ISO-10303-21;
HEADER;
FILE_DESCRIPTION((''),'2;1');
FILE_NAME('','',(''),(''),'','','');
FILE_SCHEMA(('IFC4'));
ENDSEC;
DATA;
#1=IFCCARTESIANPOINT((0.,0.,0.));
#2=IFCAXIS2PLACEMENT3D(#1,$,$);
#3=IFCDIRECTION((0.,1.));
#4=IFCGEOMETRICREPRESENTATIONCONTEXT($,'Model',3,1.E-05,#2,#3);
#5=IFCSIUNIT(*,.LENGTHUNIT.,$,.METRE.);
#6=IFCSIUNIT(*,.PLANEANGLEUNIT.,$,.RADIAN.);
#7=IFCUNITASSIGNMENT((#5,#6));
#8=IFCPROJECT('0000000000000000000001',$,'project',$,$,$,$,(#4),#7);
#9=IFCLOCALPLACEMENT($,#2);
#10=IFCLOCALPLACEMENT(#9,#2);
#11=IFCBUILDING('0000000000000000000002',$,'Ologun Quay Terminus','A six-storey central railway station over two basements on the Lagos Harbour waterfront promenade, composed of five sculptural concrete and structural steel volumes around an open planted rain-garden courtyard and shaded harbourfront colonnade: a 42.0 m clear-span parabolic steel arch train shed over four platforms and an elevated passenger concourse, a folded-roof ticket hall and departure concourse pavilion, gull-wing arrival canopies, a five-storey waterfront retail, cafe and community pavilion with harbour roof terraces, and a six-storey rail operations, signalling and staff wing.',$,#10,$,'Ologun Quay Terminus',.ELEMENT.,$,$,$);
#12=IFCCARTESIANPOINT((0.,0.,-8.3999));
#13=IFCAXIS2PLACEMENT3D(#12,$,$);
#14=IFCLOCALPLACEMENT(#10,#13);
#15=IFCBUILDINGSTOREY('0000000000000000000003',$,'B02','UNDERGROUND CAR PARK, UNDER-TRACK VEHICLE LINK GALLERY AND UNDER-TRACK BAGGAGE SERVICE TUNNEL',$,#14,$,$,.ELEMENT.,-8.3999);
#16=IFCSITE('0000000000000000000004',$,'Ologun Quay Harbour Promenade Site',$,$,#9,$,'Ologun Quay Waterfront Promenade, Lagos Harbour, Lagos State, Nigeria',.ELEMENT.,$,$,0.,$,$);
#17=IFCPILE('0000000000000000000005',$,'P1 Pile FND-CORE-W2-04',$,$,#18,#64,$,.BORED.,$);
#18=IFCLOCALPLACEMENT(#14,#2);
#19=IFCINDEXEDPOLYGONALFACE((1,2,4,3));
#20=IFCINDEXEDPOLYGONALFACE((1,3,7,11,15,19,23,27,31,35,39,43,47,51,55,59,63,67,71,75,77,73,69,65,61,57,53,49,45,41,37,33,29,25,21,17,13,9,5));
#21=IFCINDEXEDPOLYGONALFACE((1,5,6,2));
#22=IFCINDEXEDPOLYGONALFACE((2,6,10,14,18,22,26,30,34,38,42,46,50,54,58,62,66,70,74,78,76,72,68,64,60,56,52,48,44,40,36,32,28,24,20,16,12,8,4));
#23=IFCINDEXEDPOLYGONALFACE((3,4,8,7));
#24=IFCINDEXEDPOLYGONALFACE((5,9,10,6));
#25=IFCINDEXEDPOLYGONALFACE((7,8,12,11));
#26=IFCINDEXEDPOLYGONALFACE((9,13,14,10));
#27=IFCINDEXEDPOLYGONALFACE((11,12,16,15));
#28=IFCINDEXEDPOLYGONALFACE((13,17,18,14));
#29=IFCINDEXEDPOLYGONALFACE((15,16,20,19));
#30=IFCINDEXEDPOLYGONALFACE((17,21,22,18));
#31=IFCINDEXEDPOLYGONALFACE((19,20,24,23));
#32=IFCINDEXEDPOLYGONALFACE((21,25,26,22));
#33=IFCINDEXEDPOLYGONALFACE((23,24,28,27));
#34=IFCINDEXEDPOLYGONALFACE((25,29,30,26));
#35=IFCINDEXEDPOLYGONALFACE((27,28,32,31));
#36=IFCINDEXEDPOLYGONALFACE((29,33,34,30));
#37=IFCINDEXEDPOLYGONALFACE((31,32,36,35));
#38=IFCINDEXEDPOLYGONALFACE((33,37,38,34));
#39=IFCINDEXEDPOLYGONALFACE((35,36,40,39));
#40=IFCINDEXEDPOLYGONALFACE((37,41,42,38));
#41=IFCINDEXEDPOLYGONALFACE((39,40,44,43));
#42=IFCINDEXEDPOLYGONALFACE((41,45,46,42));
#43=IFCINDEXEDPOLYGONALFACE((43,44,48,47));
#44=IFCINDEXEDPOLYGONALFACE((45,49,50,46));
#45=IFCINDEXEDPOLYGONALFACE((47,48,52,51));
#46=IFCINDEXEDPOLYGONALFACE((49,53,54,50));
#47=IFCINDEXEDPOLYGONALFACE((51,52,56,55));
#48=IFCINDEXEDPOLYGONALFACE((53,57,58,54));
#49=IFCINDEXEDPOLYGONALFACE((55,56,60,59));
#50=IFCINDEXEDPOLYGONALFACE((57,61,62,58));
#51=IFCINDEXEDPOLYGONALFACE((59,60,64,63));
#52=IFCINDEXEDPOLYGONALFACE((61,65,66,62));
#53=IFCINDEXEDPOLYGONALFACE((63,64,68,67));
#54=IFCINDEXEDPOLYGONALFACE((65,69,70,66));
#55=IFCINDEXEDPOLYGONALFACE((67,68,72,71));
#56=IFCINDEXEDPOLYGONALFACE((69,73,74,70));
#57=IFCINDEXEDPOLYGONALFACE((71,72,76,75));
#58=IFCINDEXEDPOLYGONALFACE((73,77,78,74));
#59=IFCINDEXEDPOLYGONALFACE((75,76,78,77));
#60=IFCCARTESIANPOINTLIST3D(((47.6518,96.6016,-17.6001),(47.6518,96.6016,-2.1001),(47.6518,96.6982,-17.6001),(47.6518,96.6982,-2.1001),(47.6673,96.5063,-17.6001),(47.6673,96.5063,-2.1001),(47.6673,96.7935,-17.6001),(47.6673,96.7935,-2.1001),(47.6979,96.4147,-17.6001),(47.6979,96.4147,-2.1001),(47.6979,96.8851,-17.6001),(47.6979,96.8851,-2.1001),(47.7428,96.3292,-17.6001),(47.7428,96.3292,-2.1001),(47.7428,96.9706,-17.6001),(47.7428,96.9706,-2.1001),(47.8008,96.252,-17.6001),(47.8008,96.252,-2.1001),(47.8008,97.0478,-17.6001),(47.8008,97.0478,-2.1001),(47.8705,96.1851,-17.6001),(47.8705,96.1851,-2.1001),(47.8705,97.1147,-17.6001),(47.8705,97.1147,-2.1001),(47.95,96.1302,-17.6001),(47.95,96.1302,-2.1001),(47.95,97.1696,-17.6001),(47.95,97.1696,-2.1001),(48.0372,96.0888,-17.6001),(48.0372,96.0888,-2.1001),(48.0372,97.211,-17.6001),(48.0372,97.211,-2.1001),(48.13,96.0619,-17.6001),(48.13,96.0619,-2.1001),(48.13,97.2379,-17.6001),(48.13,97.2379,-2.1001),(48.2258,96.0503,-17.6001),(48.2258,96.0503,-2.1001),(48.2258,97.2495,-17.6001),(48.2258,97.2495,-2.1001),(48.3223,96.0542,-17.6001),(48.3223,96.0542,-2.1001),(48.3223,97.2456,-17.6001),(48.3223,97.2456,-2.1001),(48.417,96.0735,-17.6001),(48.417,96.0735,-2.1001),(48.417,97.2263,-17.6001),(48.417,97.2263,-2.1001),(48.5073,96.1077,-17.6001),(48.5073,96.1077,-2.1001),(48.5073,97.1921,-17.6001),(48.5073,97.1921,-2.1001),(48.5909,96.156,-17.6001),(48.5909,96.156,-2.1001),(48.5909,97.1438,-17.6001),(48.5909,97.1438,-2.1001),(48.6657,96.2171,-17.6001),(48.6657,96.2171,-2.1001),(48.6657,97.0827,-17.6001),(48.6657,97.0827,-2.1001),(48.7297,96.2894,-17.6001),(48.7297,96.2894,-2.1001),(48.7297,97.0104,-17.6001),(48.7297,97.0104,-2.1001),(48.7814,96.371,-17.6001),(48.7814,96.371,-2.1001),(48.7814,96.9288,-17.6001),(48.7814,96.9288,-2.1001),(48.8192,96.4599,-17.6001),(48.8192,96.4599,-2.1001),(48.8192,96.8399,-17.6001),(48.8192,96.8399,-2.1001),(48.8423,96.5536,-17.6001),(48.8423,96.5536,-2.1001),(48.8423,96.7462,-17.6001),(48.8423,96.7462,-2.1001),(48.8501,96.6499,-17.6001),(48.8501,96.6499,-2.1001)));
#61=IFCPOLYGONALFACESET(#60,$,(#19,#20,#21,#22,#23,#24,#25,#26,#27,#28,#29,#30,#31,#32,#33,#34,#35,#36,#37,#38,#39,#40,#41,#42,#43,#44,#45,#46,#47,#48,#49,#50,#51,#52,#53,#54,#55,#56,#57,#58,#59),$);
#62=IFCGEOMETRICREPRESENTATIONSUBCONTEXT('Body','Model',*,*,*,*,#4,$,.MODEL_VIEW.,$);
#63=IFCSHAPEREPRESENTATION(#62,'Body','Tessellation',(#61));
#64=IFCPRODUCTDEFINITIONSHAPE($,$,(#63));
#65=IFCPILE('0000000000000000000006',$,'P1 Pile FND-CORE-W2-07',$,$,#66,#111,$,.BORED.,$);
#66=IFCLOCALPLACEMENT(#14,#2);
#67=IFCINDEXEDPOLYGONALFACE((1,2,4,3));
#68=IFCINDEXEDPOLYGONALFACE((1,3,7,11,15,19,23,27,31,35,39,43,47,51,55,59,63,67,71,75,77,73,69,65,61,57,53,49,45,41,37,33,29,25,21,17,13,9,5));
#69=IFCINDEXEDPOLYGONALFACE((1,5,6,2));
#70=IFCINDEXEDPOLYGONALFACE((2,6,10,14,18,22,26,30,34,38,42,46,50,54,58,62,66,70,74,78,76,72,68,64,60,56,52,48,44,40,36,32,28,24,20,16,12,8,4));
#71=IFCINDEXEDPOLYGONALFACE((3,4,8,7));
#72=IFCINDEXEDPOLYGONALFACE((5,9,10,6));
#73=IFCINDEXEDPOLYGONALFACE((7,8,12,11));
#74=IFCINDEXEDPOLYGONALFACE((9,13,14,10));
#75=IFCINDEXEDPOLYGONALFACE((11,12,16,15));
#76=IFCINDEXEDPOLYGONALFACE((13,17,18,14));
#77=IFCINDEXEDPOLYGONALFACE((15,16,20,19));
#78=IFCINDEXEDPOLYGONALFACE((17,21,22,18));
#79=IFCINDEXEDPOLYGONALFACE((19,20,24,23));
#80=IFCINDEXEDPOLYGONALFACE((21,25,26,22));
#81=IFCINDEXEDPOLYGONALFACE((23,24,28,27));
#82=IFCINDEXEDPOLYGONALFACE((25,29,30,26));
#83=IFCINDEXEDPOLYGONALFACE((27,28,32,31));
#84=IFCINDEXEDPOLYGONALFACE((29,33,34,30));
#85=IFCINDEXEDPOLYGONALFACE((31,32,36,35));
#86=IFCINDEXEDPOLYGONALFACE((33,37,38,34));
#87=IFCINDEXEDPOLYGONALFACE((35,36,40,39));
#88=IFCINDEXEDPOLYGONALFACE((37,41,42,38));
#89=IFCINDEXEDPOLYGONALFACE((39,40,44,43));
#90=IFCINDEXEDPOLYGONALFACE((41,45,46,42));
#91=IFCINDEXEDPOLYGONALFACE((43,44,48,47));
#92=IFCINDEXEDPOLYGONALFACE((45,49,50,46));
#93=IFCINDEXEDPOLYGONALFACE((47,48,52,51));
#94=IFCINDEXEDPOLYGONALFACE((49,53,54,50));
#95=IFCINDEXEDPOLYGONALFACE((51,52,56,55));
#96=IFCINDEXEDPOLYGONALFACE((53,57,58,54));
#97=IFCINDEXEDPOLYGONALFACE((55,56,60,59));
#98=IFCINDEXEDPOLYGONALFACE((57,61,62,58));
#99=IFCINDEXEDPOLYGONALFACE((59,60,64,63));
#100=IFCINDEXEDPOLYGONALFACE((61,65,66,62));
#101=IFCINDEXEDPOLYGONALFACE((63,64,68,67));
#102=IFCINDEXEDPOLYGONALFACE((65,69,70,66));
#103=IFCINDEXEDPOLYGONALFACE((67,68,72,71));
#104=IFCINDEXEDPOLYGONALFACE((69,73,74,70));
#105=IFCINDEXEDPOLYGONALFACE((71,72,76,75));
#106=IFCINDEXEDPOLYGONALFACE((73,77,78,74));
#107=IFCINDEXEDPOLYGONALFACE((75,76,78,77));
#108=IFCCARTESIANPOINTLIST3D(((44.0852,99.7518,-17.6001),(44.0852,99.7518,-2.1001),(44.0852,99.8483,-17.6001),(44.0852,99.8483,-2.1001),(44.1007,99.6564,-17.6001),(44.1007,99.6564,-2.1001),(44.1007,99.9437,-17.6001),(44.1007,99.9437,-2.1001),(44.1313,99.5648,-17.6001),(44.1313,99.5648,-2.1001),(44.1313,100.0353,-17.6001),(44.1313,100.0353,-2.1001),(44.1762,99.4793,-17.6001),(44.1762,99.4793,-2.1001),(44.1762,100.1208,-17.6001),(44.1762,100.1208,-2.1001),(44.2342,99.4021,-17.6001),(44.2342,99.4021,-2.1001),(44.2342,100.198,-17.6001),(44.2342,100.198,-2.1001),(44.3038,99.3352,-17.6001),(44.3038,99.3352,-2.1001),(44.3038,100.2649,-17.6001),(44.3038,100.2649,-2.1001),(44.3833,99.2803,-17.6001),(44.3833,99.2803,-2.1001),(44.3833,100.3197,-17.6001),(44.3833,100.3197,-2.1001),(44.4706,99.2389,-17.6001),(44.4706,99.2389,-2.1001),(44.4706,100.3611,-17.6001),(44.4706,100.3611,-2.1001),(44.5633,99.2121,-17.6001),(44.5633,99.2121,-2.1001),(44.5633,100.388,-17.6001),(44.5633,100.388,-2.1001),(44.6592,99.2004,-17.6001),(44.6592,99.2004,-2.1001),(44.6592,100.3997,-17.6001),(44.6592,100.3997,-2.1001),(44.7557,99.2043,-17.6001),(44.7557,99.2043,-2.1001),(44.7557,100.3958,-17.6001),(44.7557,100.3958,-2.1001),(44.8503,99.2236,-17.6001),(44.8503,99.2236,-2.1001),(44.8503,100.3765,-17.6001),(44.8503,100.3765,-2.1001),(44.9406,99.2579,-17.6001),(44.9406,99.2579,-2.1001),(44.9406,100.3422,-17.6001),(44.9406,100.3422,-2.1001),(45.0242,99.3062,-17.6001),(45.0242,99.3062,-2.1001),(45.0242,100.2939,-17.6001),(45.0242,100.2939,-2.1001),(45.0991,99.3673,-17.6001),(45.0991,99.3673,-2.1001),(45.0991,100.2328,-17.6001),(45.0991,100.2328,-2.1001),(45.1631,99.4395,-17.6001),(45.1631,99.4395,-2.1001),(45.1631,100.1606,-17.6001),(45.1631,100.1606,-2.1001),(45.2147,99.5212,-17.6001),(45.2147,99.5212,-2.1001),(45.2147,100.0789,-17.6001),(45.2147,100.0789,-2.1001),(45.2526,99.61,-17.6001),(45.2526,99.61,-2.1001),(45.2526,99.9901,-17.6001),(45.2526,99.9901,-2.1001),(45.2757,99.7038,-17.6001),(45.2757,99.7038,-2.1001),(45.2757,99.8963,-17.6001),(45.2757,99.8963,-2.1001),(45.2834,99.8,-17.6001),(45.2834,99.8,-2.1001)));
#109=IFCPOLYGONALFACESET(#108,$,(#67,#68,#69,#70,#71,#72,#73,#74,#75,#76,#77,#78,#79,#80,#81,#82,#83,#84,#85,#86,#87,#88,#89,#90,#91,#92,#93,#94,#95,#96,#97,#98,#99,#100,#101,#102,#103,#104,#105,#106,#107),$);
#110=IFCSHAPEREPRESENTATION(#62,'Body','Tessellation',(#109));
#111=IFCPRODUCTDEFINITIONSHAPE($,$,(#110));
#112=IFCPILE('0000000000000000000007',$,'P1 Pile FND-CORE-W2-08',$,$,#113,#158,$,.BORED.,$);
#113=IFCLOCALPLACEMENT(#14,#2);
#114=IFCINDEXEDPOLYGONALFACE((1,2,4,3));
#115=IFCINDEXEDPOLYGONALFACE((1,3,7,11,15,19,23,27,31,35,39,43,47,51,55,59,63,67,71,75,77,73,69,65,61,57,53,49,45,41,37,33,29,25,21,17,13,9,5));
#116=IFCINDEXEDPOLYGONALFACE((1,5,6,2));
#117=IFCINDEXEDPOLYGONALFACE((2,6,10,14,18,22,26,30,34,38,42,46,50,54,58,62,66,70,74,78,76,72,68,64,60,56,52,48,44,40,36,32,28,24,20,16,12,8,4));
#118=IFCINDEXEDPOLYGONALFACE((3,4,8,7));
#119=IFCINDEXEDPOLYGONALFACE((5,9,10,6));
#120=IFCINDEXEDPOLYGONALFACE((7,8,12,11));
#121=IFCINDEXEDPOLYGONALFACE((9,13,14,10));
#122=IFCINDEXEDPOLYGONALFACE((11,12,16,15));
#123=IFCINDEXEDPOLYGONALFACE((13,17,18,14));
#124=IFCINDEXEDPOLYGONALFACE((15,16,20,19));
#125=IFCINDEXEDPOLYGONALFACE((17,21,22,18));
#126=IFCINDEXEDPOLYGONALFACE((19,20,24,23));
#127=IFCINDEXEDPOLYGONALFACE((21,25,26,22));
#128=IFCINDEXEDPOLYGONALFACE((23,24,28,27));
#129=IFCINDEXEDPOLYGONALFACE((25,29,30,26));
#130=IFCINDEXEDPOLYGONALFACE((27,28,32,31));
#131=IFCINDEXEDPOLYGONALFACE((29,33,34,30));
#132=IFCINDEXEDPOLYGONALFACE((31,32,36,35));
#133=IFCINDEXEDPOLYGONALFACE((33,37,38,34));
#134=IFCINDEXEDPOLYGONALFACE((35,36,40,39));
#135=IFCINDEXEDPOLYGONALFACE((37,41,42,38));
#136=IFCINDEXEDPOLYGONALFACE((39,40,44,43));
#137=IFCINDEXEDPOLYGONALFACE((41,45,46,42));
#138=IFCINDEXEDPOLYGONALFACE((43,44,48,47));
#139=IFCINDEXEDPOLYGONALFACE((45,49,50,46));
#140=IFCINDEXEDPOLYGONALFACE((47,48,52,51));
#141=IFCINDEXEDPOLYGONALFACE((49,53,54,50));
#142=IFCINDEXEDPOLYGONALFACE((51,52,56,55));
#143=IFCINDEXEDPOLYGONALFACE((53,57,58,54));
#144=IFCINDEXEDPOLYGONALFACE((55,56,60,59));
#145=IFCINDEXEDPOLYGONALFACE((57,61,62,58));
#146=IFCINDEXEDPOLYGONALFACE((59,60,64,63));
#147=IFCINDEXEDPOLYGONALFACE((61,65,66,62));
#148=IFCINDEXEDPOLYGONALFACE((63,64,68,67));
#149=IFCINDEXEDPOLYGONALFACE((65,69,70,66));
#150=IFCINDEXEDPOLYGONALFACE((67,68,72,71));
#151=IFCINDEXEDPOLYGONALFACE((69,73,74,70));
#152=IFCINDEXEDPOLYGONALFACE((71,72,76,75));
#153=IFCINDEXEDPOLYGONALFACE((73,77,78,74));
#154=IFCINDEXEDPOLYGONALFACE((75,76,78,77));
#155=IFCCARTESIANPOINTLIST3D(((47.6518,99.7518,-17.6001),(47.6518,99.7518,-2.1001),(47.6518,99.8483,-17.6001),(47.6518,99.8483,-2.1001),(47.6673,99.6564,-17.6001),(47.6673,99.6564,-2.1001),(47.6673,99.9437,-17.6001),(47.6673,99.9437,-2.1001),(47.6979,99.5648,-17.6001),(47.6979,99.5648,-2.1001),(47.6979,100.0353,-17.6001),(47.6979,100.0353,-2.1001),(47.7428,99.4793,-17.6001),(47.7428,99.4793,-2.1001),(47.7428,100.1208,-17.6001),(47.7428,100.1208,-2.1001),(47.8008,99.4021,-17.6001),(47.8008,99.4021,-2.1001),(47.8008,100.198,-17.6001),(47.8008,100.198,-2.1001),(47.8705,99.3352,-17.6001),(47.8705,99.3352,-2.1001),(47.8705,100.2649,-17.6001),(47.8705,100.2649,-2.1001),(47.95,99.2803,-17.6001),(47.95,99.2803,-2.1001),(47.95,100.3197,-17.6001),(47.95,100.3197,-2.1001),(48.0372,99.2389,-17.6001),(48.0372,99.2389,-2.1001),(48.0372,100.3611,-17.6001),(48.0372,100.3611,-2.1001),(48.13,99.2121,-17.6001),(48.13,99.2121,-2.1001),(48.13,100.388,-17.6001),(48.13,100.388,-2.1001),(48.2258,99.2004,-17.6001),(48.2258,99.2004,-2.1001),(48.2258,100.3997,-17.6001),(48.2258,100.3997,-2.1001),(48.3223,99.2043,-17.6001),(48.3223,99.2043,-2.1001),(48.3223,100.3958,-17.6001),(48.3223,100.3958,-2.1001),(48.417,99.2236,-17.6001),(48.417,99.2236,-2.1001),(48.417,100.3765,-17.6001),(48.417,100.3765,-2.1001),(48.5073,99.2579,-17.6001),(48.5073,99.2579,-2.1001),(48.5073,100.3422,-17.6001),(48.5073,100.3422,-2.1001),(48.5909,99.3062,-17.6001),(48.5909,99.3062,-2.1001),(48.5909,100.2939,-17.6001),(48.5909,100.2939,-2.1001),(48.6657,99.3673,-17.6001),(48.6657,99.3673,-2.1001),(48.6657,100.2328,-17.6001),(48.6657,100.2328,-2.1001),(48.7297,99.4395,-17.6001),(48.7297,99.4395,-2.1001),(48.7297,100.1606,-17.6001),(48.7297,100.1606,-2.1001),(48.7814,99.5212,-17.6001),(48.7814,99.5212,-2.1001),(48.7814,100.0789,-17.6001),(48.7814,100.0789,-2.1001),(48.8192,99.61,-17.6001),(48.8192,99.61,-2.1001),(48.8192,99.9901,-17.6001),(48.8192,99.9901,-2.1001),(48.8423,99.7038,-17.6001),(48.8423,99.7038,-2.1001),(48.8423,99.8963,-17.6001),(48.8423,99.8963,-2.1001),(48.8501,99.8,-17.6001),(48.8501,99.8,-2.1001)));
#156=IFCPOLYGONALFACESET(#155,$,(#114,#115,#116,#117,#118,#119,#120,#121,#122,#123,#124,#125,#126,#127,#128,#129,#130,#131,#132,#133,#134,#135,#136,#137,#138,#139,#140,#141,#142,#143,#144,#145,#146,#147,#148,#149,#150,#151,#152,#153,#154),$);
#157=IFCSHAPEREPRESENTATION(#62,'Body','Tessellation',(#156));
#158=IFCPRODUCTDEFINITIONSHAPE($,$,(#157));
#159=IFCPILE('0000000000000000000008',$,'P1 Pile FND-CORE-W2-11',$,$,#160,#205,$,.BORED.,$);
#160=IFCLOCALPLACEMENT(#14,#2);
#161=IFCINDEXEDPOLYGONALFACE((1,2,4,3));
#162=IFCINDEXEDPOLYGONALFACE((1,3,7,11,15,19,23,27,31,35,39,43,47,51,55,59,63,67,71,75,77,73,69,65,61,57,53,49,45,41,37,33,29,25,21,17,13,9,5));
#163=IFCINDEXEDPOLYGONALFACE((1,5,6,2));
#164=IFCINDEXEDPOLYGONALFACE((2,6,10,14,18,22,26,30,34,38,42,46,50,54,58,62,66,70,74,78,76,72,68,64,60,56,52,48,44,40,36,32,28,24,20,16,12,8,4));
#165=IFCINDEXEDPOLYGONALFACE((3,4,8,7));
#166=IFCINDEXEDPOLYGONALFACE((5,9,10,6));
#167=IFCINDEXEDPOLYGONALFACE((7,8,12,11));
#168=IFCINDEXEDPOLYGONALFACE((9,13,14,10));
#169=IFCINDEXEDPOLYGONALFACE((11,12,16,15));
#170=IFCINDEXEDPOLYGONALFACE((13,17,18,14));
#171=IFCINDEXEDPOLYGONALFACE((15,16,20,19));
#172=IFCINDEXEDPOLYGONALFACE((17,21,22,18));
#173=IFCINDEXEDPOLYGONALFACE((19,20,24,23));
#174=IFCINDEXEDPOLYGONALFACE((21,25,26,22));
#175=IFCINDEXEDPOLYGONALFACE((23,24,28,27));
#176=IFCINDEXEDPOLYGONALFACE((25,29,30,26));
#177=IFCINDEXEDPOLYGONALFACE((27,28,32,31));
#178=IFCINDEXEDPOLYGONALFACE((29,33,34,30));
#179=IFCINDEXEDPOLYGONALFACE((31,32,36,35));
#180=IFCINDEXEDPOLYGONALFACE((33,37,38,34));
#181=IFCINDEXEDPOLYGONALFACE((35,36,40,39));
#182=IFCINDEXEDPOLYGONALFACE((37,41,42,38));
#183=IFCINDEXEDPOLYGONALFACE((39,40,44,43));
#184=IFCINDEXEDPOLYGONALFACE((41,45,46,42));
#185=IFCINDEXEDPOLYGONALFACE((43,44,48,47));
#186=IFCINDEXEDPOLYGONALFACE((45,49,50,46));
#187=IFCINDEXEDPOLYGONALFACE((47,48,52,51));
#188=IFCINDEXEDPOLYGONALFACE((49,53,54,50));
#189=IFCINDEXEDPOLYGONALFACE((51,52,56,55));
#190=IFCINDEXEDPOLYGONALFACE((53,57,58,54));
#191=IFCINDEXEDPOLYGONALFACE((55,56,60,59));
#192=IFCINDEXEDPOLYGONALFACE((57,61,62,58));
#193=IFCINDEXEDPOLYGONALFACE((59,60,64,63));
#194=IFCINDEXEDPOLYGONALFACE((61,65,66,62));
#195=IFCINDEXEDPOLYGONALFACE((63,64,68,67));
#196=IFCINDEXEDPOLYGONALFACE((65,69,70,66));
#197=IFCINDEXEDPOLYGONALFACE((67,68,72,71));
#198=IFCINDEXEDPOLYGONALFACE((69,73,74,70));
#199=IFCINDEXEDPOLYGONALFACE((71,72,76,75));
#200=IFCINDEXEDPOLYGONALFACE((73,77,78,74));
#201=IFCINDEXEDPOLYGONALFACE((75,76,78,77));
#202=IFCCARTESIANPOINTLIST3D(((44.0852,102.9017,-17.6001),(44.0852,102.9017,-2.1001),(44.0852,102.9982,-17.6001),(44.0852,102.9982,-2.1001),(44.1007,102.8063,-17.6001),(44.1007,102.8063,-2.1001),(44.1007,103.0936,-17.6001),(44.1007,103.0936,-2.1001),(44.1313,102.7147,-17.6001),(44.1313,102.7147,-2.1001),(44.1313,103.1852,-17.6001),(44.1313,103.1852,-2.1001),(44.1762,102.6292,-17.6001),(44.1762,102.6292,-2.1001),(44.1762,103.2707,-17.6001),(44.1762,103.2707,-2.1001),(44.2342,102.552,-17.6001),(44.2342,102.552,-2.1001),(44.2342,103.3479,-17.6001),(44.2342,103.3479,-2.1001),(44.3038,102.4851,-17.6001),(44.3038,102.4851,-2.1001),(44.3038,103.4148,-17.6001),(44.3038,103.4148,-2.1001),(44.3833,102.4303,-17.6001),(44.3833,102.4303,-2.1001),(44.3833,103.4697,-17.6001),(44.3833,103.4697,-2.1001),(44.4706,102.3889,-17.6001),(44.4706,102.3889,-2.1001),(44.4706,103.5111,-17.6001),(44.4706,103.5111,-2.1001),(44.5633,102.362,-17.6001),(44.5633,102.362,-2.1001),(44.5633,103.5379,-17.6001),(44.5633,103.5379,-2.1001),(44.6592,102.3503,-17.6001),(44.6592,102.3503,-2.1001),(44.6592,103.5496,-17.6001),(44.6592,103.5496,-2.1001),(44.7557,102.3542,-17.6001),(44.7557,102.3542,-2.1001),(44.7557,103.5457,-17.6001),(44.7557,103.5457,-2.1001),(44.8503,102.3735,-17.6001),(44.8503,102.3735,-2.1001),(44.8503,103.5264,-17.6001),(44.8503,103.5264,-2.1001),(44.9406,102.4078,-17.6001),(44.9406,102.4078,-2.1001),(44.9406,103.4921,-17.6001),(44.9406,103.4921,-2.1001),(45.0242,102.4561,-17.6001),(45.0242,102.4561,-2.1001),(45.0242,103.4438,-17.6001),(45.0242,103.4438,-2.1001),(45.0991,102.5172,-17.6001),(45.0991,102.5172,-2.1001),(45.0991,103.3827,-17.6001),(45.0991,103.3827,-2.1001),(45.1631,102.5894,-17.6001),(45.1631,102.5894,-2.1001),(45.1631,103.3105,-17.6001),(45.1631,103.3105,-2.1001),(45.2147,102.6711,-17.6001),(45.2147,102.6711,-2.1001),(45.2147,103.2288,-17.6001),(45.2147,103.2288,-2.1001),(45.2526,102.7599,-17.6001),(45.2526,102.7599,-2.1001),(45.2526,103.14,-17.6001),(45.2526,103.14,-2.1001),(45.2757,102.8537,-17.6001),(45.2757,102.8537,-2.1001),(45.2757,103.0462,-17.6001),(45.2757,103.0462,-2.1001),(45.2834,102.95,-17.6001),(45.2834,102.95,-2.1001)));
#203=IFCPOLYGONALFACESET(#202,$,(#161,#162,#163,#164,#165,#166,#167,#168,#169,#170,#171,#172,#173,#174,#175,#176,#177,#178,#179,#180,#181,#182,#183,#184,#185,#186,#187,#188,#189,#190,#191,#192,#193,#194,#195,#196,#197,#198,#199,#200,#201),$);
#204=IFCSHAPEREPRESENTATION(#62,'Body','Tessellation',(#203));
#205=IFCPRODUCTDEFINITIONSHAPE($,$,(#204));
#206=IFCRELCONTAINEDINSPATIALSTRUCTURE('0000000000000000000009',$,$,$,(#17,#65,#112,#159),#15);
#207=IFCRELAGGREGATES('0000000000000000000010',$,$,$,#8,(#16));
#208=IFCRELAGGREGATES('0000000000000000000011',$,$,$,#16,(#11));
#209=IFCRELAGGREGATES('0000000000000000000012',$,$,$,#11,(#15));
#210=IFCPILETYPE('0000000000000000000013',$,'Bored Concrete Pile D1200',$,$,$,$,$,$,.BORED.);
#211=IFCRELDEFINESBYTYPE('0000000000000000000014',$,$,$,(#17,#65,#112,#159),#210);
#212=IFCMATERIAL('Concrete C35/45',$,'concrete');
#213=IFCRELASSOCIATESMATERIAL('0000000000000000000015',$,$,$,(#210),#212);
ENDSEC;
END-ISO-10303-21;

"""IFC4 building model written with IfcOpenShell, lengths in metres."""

from ifc_helpers import new_model, si_unit, direction, frame, origin, origin_2d, place, context, subcontext, project, spatial, circle, extrude, material, material_profile, profile_set, type_object, element, save


model = new_model("IFC4")

# Units and contexts
model_context = context("Model", 3, precision=1e-05, world=origin(), true_north=direction((0.0, 1.0)))
body_context = subcontext(model_context, "Body", "Model", "MODEL_VIEW")
ifc_project = project(units=[si_unit("LENGTHUNIT", "METRE"), si_unit("PLANEANGLEUNIT", "RADIAN")], contexts=[model_context])

# Site, building, storey
site_placement = place(None, origin())
site = spatial("IfcSite", under=ifc_project, at=site_placement, Name="Ologun Quay Harbour Promenade Site", LongName="Ologun Quay Waterfront Promenade, Lagos Harbour, Lagos State, Nigeria", CompositionType="ELEMENT", RefElevation=0.0)
building_placement = place(site_placement, origin())
building = spatial("IfcBuilding", under=site, at=building_placement, Name="Ologun Quay Terminus", Description="A six-storey central railway station over two basements on the Lagos Harbour waterfront promenade, composed of five sculptural concrete and structural steel volumes around an open planted rain-garden courtyard and shaded harbourfront colonnade: a 42.0 m clear-span parabolic steel arch train shed over four platforms and an elevated passenger concourse, a folded-roof ticket hall and departure concourse pavilion, gull-wing arrival canopies, a five-storey waterfront retail, cafe and community pavilion with harbour roof terraces, and a six-storey rail operations, signalling and staff wing.", LongName="Ologun Quay Terminus", CompositionType="ELEMENT")
storey_placement = place(building_placement, frame((0.0, 0.0, -8.3999)))
storey = spatial("IfcBuildingStorey", under=building, at=storey_placement, Name="B02", Description="UNDERGROUND CAR PARK, UNDER-TRACK VEHICLE LINK GALLERY AND UNDER-TRACK BAGGAGE SERVICE TUNNEL", CompositionType="ELEMENT", Elevation=-8.3999)

# Piles
ifc_material_1 = material(Name="Concrete C35/45", Category="concrete")
ifc_material_profile_1 = material_profile(ifc_material_1, circle(Radius=0.6001, at=origin_2d()), Name="PILE D1200")
ifc_profile_set_1 = profile_set([ifc_material_profile_1], Name="Concrete C35/45")
pile_type = type_object("IfcPileType", Name="Bored Concrete Pile D1200", PredefinedType="BORED", material=ifc_profile_set_1)
for number, where, z_axis, x_axis, name in (
    (1, (48.25, 96.6499, -2.1001), (0.0, 0.0, -1.0), (1.0, 0.0, 0.0), "P1 Pile FND-CORE-W2-04"),
    (2, (44.6833, 99.8, -2.1001), (0.0, 0.0, -1.0), (1.0, 0.0, 0.0), "P1 Pile FND-CORE-W2-07"),
    (3, (48.25, 99.8, -2.1001), (0.0, 0.0, -1.0), (1.0, 0.0, 0.0), "P1 Pile FND-CORE-W2-08"),
    (4, (44.6833, 102.95, -2.1001), (0.0, 0.0, -1.0), (1.0, 0.0, 0.0), "P1 Pile FND-CORE-W2-11"),
):
    element("IfcPile", number, at=place(storey_placement, frame(where, z_axis=z_axis, x_axis=x_axis)), inside=storey, type_object=pile_type, Name=name, PredefinedType="BORED", context=body_context, shape_type="SweptSolid", body=[
        extrude(circle(Radius=0.6001, at=origin_2d()), origin(), (0.0, 0.0, 1.0), 15.5),
    ])

save(model, "model.ifc")
